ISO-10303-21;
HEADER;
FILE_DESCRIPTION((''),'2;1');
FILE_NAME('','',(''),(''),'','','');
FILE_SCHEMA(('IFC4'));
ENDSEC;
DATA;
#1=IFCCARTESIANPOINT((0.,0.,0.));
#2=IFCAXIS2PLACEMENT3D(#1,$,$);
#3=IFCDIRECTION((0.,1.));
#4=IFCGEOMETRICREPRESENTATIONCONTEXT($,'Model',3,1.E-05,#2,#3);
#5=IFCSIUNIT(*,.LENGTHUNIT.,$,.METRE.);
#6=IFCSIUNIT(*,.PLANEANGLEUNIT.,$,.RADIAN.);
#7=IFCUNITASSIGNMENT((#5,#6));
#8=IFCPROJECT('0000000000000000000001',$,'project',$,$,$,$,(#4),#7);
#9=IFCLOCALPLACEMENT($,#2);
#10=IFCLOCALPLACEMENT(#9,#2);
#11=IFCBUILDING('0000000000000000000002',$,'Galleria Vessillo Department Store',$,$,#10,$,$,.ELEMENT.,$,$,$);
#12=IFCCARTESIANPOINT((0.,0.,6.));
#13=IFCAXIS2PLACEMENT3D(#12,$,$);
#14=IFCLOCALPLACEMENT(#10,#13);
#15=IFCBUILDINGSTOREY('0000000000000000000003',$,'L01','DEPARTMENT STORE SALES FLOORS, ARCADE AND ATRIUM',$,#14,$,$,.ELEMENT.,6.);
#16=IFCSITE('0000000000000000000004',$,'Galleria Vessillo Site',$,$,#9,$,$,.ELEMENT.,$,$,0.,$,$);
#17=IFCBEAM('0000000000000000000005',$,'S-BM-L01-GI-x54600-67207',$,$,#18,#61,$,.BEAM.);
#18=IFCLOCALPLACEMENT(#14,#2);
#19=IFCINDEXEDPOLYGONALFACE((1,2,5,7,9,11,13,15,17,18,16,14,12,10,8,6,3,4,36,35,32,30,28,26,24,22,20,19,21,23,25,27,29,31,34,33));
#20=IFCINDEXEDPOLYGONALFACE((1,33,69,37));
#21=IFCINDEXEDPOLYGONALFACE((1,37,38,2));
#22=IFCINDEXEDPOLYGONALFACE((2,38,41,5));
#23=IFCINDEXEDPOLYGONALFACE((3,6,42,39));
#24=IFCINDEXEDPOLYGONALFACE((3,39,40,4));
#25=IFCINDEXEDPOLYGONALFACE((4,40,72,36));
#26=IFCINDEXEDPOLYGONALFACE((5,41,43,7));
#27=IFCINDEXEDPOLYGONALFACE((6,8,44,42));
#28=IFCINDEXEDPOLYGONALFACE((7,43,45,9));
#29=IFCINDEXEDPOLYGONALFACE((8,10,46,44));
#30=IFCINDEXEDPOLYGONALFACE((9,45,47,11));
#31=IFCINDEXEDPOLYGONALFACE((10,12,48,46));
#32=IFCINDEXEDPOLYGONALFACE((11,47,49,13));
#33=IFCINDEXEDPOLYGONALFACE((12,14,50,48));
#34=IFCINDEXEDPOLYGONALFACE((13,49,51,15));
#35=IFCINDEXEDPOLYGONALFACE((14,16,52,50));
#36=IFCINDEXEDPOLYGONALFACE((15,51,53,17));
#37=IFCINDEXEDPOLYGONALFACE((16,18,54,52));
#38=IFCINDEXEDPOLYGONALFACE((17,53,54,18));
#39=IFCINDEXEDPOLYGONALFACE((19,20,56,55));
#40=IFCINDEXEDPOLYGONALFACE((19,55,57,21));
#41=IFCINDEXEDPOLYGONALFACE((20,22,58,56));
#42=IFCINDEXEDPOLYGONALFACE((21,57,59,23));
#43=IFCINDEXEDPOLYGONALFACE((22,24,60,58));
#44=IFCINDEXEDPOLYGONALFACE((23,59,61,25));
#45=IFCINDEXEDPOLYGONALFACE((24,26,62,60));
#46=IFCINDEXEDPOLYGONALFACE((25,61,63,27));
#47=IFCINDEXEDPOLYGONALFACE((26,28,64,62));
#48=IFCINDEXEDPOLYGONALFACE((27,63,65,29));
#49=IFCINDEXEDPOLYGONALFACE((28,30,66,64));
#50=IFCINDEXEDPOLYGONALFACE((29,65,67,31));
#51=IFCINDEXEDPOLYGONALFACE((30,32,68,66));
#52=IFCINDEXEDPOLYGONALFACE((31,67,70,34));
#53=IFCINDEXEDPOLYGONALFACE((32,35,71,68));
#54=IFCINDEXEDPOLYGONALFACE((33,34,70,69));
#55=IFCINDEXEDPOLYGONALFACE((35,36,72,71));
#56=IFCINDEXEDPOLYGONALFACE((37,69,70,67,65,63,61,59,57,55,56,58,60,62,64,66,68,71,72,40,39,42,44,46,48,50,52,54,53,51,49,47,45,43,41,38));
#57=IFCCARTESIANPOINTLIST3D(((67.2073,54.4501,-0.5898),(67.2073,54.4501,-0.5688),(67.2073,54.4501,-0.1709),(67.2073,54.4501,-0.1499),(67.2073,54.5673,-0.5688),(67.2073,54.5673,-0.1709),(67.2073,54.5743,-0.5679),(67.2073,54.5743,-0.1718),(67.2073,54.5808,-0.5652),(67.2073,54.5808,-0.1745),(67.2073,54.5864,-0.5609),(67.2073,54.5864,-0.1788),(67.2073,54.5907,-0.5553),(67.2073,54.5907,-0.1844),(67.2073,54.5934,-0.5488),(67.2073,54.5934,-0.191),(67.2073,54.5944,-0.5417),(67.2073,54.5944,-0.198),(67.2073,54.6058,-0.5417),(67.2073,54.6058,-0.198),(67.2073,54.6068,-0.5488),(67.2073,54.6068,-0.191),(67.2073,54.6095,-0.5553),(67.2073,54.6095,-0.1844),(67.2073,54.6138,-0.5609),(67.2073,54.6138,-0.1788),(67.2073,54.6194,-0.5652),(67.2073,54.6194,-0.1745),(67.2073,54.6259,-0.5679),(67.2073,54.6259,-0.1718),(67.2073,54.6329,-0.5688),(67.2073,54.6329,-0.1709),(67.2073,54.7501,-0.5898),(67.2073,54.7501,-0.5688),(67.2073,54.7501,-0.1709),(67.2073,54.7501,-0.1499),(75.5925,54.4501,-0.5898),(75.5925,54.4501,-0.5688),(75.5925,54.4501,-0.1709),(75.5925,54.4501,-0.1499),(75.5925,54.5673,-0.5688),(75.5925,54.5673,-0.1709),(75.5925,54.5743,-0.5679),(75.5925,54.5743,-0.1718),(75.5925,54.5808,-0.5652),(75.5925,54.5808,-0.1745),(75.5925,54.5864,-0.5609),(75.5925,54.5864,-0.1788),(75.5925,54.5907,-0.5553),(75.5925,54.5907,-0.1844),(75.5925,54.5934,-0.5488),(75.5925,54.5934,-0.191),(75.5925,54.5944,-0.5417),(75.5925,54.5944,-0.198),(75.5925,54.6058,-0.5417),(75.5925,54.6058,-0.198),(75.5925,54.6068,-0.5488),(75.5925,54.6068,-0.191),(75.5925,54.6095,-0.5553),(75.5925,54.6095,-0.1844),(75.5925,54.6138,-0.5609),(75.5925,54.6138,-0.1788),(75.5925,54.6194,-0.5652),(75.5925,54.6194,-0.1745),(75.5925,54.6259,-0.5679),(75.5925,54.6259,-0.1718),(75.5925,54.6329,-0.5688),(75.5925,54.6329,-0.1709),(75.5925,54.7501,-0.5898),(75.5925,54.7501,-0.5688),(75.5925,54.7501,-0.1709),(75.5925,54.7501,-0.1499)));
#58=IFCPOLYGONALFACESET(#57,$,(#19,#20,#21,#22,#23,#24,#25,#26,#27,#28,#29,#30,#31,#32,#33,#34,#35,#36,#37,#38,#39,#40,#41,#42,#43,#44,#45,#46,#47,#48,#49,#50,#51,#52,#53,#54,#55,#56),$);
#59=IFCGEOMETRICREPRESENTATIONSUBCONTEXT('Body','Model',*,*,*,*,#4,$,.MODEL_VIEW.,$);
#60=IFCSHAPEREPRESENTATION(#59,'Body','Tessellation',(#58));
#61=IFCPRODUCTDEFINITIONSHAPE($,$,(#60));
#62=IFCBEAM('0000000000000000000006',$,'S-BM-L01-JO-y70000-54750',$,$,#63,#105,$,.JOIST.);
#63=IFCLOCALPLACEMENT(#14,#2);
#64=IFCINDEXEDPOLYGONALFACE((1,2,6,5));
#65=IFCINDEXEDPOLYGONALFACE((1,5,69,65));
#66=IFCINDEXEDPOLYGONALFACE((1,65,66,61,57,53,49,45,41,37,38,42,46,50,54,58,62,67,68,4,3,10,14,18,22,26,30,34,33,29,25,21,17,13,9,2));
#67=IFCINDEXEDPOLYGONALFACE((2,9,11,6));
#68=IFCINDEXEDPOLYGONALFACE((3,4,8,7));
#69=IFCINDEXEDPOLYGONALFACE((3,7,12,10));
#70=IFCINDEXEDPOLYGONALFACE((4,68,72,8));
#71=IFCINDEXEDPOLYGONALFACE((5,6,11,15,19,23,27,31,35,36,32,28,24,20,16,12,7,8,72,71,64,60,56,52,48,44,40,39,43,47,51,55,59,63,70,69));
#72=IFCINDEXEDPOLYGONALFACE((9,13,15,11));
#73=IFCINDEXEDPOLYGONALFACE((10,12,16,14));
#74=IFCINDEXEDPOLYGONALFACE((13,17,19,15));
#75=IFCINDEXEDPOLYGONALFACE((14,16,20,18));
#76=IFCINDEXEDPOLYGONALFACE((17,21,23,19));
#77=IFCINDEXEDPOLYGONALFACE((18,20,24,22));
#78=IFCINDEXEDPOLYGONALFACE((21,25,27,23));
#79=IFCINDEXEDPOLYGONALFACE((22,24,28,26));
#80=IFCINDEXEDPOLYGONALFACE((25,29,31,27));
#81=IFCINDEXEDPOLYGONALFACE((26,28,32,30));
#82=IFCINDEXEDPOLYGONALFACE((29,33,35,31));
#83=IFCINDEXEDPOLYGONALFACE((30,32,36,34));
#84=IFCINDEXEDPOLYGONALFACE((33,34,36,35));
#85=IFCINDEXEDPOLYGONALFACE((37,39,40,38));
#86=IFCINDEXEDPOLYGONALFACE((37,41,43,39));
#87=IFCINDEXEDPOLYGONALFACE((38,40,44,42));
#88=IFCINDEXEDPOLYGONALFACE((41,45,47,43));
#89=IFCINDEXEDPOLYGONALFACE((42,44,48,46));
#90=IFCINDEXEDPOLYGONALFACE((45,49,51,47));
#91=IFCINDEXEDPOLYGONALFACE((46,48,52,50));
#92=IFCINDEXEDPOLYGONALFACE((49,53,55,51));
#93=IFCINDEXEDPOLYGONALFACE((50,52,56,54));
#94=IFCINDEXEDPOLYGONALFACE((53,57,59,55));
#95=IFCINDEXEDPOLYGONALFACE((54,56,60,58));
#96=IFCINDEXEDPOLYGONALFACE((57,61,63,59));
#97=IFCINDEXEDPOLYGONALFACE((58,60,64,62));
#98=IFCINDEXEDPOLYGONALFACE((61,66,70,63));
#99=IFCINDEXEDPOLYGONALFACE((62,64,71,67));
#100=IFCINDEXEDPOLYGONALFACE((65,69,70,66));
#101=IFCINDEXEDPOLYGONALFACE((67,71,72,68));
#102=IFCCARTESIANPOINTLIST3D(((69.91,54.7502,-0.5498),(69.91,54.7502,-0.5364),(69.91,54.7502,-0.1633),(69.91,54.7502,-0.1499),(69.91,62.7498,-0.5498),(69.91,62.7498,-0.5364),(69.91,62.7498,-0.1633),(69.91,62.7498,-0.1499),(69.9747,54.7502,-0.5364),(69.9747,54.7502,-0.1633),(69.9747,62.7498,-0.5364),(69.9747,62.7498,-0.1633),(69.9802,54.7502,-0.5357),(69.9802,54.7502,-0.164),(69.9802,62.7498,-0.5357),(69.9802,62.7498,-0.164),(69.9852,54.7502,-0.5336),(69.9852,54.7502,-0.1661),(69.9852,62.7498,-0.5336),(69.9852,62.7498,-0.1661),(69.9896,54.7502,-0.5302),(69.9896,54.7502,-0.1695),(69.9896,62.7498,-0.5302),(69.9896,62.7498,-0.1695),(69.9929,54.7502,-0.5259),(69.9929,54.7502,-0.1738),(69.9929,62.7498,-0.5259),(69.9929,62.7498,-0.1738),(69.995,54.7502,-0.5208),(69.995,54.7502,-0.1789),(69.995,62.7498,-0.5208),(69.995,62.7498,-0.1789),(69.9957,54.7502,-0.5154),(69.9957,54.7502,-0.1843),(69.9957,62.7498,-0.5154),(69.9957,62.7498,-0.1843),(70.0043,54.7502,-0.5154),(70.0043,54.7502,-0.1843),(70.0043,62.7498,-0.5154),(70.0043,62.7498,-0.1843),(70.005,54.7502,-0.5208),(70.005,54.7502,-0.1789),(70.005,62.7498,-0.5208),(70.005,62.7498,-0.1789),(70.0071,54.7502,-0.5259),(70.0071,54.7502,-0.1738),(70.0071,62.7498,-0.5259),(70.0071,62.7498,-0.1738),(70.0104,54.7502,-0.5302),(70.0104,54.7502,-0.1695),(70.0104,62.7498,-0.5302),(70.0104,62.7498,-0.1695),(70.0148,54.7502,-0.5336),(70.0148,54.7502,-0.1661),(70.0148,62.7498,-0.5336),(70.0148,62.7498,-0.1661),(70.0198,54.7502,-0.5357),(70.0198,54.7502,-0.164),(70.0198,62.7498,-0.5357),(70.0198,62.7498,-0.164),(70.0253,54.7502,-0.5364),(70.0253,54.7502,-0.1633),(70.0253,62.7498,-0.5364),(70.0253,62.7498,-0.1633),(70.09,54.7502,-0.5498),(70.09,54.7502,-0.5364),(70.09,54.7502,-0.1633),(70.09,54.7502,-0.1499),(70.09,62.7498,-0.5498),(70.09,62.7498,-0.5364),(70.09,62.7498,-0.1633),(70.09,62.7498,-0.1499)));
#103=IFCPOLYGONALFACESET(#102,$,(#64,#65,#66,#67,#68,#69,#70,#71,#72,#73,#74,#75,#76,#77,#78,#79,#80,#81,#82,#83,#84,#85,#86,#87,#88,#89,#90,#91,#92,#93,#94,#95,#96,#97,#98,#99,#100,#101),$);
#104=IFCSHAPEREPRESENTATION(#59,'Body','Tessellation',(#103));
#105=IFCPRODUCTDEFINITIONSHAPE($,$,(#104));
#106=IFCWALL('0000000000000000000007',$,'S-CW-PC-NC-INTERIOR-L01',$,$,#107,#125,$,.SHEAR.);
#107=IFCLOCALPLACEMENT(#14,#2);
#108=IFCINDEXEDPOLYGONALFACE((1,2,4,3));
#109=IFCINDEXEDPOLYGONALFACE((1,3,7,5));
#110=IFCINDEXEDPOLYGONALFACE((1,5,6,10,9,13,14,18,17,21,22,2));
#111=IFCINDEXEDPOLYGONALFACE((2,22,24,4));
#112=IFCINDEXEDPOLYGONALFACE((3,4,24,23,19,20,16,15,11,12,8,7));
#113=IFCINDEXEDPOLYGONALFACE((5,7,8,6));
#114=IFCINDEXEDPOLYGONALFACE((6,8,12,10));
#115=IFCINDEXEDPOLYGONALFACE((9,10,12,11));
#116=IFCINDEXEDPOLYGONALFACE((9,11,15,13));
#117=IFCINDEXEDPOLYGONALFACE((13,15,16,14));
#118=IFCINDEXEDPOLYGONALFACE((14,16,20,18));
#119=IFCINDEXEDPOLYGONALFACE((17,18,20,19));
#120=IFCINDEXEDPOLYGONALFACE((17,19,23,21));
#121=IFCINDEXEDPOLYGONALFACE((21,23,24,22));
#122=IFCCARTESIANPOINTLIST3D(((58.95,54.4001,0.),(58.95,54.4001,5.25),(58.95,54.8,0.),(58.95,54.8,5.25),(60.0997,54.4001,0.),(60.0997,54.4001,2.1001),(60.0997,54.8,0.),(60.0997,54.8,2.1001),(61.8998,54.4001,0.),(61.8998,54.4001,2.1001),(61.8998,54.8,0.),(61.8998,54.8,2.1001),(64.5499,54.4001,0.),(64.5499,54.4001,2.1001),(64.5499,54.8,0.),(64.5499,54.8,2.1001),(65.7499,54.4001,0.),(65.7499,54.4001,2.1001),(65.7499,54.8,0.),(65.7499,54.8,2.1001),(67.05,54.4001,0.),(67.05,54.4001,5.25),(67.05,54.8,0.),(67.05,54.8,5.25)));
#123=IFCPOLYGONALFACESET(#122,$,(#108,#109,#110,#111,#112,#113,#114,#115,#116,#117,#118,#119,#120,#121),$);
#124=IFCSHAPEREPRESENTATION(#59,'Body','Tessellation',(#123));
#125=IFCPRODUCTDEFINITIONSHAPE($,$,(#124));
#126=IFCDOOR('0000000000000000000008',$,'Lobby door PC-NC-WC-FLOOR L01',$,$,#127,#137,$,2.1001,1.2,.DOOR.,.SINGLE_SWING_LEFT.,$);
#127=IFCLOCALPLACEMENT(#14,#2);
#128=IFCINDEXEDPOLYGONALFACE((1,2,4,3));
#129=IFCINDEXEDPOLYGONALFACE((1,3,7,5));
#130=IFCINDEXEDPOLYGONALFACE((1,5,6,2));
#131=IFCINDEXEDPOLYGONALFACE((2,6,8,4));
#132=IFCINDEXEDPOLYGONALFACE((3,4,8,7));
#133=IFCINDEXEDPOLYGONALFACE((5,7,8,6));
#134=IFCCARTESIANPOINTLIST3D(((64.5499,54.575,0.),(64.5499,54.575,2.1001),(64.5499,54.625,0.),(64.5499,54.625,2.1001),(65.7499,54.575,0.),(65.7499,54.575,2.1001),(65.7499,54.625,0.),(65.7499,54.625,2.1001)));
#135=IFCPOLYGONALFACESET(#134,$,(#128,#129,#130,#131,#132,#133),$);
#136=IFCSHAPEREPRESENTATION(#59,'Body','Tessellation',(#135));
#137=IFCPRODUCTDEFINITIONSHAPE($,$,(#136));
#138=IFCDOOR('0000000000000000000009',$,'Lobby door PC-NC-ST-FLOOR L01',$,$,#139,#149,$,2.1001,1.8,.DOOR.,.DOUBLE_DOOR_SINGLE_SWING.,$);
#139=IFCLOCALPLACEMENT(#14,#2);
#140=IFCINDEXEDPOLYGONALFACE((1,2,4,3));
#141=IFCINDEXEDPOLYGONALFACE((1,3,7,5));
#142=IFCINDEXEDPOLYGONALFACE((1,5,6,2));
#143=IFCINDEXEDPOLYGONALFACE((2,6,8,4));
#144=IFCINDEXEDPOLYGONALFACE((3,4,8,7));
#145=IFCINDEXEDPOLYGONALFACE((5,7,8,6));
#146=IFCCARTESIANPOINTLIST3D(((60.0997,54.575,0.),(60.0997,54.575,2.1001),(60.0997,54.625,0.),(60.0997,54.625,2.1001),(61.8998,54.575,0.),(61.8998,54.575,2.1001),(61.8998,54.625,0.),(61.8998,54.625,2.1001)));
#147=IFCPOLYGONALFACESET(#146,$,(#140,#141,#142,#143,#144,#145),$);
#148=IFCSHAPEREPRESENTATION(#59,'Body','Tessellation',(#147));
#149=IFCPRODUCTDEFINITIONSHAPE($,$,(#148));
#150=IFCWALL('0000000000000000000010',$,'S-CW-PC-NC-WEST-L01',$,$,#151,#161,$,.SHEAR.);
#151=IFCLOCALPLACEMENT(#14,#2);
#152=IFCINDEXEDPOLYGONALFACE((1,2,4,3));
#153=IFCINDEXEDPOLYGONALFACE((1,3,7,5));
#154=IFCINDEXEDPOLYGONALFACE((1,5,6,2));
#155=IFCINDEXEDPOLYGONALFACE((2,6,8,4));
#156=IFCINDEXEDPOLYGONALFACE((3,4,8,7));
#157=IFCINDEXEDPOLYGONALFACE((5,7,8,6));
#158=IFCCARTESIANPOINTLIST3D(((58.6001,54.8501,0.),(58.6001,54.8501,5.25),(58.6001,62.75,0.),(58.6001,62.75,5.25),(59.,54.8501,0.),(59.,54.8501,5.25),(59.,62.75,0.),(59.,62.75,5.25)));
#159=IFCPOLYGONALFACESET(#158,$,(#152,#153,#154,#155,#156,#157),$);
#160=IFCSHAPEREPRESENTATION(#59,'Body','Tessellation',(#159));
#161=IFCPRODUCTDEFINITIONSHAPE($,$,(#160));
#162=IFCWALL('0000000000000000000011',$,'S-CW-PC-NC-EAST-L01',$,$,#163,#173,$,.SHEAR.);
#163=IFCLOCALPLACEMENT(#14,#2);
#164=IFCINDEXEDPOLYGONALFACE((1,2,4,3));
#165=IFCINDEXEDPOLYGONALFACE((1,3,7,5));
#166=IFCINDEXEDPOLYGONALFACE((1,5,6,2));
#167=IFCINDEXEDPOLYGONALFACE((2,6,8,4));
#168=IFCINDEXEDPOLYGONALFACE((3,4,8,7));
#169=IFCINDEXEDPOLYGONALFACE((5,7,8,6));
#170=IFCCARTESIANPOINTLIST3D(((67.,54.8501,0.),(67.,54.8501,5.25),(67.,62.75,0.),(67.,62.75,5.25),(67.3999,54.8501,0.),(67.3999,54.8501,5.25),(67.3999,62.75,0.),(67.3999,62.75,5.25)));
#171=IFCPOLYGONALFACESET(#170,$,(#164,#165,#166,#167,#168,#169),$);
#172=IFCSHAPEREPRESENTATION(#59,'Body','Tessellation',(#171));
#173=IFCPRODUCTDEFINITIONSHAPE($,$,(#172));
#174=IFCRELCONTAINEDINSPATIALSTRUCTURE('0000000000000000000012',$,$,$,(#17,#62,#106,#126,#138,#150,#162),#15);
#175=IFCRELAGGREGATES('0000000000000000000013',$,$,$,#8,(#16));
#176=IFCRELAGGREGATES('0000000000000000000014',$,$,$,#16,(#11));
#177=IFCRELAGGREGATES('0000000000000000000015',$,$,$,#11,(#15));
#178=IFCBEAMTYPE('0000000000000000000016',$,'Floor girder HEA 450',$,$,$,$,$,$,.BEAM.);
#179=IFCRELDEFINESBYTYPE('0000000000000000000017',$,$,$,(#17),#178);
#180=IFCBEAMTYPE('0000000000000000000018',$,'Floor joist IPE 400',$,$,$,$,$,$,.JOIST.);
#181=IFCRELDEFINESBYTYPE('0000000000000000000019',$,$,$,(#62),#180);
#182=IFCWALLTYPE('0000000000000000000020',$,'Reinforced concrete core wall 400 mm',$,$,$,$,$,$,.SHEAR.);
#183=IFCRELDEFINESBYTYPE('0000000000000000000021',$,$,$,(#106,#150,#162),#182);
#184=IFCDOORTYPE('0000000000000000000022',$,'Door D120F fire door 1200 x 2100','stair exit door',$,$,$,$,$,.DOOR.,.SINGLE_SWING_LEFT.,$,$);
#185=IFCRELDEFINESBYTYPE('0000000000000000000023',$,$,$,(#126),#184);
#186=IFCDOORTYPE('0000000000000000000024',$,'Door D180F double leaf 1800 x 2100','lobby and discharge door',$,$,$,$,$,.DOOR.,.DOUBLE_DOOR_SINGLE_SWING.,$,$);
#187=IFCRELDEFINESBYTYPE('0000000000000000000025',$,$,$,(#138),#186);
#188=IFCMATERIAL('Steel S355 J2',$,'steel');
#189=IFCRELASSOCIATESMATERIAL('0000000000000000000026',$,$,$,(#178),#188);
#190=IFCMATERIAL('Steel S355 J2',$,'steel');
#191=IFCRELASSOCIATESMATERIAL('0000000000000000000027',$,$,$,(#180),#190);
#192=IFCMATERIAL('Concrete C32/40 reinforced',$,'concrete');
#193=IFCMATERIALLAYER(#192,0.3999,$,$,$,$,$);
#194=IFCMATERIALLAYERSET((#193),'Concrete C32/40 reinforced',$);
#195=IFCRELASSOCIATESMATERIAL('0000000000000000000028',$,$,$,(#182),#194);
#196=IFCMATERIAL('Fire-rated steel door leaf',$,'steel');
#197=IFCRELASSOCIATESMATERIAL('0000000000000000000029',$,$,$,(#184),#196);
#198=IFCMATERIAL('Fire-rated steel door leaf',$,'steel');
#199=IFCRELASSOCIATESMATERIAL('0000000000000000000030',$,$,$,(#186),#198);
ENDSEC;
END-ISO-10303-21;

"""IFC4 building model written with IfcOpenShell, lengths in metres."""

from ifc_helpers import new_model, si_unit, direction, frame, frame_2d, origin, origin_2d, place, context, subcontext, project, spatial, rectangle, i_section, extrude, material, layer, layer_set, material_profile, profile_set, type_object, element, fill, save


model = new_model("IFC4")

# Units and contexts
model_context = context("Model", 3, precision=1e-05, world=origin(), true_north=direction((0.0, 1.0)))
body_context = subcontext(model_context, "Body", "Model", "MODEL_VIEW")
ifc_project = project(units=[si_unit("LENGTHUNIT", "METRE"), si_unit("PLANEANGLEUNIT", "RADIAN")], contexts=[model_context])

# Site, building, storey
site_placement = place(None, origin())
site = spatial("IfcSite", under=ifc_project, at=site_placement, Name="Galleria Vessillo Site", CompositionType="ELEMENT", RefElevation=0.0)
building_placement = place(site_placement, origin())
building = spatial("IfcBuilding", under=site, at=building_placement, Name="Galleria Vessillo Department Store", CompositionType="ELEMENT")
storey_placement = place(building_placement, frame((0.0, 0.0, 6.0)))
storey = spatial("IfcBuildingStorey", under=building, at=storey_placement, Name="L01", Description="DEPARTMENT STORE SALES FLOORS, ARCADE AND ATRIUM", CompositionType="ELEMENT", Elevation=6.0)

# Beams
ifc_material_1 = material(Name="Steel S355 J2", Category="steel")
ifc_material_profile_1 = material_profile(ifc_material_1, i_section(OverallWidth=0.3, OverallDepth=0.4399, WebThickness=0.0115, FlangeThickness=0.021, FilletRadius=0.0271, at=origin_2d()), Name="HEA 450")
ifc_profile_set_1 = profile_set([ifc_material_profile_1], Name="Steel S355 J2")
beam_type_1 = type_object("IfcBeamType", Name="Floor girder HEA 450", PredefinedType="BEAM", material=ifc_profile_set_1)
beam_1_placement = place(storey_placement, frame((67.2073, 54.6001, -0.3699), z_axis=(1.0, 0.0, 0.0), x_axis=(0.0, 1.0, 0.0)))
element("IfcBeam", 1, at=beam_1_placement, inside=storey, type_object=beam_type_1, Name="S-BM-L01-GI-x54600-67207", PredefinedType="BEAM", context=body_context, shape_type="SweptSolid", body=[
    extrude(i_section(OverallWidth=0.3, OverallDepth=0.4399, WebThickness=0.0115, FlangeThickness=0.021, FilletRadius=0.0271, at=origin_2d()), origin(), (0.0, 0.0, 1.0), 8.3853),
])
ifc_material_2 = material(Name="Steel S355 J2", Category="steel")
ifc_material_profile_2 = material_profile(ifc_material_2, i_section(OverallWidth=0.1799, OverallDepth=0.3999, WebThickness=0.0085, FlangeThickness=0.0134, FilletRadius=0.021, at=origin_2d()), Name="IPE 400")
ifc_profile_set_2 = profile_set([ifc_material_profile_2], Name="Steel S355 J2")
beam_type_2 = type_object("IfcBeamType", Name="Floor joist IPE 400", PredefinedType="JOIST", material=ifc_profile_set_2)
beam_2_placement = place(storey_placement, frame((70.0, 54.7502, -0.3499), z_axis=(0.0, 1.0, 0.0), x_axis=(-1.0, 0.0, 0.0)))
element("IfcBeam", 2, at=beam_2_placement, inside=storey, type_object=beam_type_2, Name="S-BM-L01-JO-y70000-54750", PredefinedType="JOIST", context=body_context, shape_type="SweptSolid", body=[
    extrude(i_section(OverallWidth=0.1799, OverallDepth=0.3999, WebThickness=0.0085, FlangeThickness=0.0134, FilletRadius=0.021, at=origin_2d()), origin(), (0.0, 0.0, 1.0), 7.9995),
])

# Wall, openings, doors
ifc_material_3 = material(Name="Concrete C32/40 reinforced", Category="concrete")
ifc_layer_1 = layer(ifc_material_3, 0.3999)
ifc_layer_set_1 = layer_set([ifc_layer_1], Name="Concrete C32/40 reinforced")
wall_type_1 = type_object("IfcWallType", Name="Reinforced concrete core wall 400 mm", PredefinedType="SHEAR", material=ifc_layer_set_1)
wall_1_placement = place(storey_placement, frame((58.95, 54.6001, 0.0), z_axis=(0.0, 0.0, 1.0), x_axis=(1.0, 0.0, 0.0)))
wall_1 = element("IfcWall", 3, at=wall_1_placement, inside=storey, type_object=wall_type_1, Name="S-CW-PC-NC-INTERIOR-L01", PredefinedType="SHEAR", context=body_context, shape_type="SweptSolid", body=[
    extrude(rectangle(XDim=8.1001, YDim=0.3999, at=frame_2d((4.05, 0.0))), origin(), (0.0, 0.0, 1.0), 5.25),
])
opening_1_placement = place(wall_1_placement, frame((1.1499, 0.0, 0.0)))
opening_1 = element("IfcOpeningElement", 4, at=opening_1_placement, cuts=wall_1, PredefinedType="OPENING", context=body_context, shape_type="SweptSolid", body=[
    extrude(rectangle(XDim=1.8, YDim=2.1001, at=frame_2d((0.8999, 1.05))), frame((0.0, 0.21, 0.0), z_axis=(0.0, -1.0, 0.0), x_axis=(1.0, 0.0, 0.0)), (0.0, 0.0, 1.0), 0.4199),
])
opening_2_placement = place(wall_1_placement, frame((5.5999, 0.0, 0.0)))
opening_2 = element("IfcOpeningElement", 5, at=opening_2_placement, cuts=wall_1, PredefinedType="OPENING", context=body_context, shape_type="SweptSolid", body=[
    extrude(rectangle(XDim=1.2, YDim=2.1001, at=frame_2d((0.6001, 1.05))), frame((0.0, 0.21, 0.0), z_axis=(0.0, -1.0, 0.0), x_axis=(1.0, 0.0, 0.0)), (0.0, 0.0, 1.0), 0.4199),
])
ifc_material_4 = material(Name="Fire-rated steel door leaf", Category="steel")
door_type_1 = type_object("IfcDoorType", Name="Door D120F fire door 1200 x 2100", Description="stair exit door", OperationType="SINGLE_SWING_LEFT", PredefinedType="DOOR", material=ifc_material_4)
door_1_placement = place(opening_2_placement, origin())
door_1 = element("IfcDoor", 6, at=door_1_placement, inside=storey, type_object=door_type_1, Name="Lobby door PC-NC-WC-FLOOR L01", OperationType="SINGLE_SWING_LEFT", OverallHeight=2.1001, OverallWidth=1.2, PredefinedType="DOOR", context=body_context, shape_type="SweptSolid", body=[
    extrude(rectangle(XDim=1.2, YDim=2.1001, at=frame_2d((0.6001, 1.05))), frame((0.0, 0.0249, 0.0), z_axis=(0.0, -1.0, 0.0), x_axis=(1.0, 0.0, 0.0)), (0.0, 0.0, 1.0), 0.05),
])
fill(opening_2, door_1)
ifc_material_5 = material(Name="Fire-rated steel door leaf", Category="steel")
door_type_2 = type_object("IfcDoorType", Name="Door D180F double leaf 1800 x 2100", Description="lobby and discharge door", OperationType="DOUBLE_DOOR_SINGLE_SWING", PredefinedType="DOOR", material=ifc_material_5)
door_2_placement = place(opening_1_placement, origin())
door_2 = element("IfcDoor", 7, at=door_2_placement, inside=storey, type_object=door_type_2, Name="Lobby door PC-NC-ST-FLOOR L01", OperationType="DOUBLE_DOOR_SINGLE_SWING", OverallHeight=2.1001, OverallWidth=1.8, PredefinedType="DOOR", context=body_context, shape_type="SweptSolid", body=[
    extrude(rectangle(XDim=1.8, YDim=2.1001, at=frame_2d((0.8999, 1.05))), frame((0.0, 0.0249, 0.0), z_axis=(0.0, -1.0, 0.0), x_axis=(1.0, 0.0, 0.0)), (0.0, 0.0, 1.0), 0.05),
])
fill(opening_1, door_2)

# Walls
for number, where, z_axis, x_axis, name in (
    (8, (58.8, 54.8501, 0.0), (0.0, 0.0, 1.0), (0.0, 1.0, 0.0), "S-CW-PC-NC-WEST-L01"),
    (9, (67.2, 54.8501, 0.0), (0.0, 0.0, 1.0), (0.0, 1.0, 0.0), "S-CW-PC-NC-EAST-L01"),
):
    element("IfcWall", number, at=place(storey_placement, frame(where, z_axis=z_axis, x_axis=x_axis)), inside=storey, type_object=wall_type_1, Name=name, PredefinedType="SHEAR", context=body_context, shape_type="SweptSolid", body=[
        extrude(rectangle(XDim=7.8999, YDim=0.3999, at=frame_2d((3.95, 0.0))), origin(), (0.0, 0.0, 1.0), 5.25),
    ])

save(model, "model.ifc")
